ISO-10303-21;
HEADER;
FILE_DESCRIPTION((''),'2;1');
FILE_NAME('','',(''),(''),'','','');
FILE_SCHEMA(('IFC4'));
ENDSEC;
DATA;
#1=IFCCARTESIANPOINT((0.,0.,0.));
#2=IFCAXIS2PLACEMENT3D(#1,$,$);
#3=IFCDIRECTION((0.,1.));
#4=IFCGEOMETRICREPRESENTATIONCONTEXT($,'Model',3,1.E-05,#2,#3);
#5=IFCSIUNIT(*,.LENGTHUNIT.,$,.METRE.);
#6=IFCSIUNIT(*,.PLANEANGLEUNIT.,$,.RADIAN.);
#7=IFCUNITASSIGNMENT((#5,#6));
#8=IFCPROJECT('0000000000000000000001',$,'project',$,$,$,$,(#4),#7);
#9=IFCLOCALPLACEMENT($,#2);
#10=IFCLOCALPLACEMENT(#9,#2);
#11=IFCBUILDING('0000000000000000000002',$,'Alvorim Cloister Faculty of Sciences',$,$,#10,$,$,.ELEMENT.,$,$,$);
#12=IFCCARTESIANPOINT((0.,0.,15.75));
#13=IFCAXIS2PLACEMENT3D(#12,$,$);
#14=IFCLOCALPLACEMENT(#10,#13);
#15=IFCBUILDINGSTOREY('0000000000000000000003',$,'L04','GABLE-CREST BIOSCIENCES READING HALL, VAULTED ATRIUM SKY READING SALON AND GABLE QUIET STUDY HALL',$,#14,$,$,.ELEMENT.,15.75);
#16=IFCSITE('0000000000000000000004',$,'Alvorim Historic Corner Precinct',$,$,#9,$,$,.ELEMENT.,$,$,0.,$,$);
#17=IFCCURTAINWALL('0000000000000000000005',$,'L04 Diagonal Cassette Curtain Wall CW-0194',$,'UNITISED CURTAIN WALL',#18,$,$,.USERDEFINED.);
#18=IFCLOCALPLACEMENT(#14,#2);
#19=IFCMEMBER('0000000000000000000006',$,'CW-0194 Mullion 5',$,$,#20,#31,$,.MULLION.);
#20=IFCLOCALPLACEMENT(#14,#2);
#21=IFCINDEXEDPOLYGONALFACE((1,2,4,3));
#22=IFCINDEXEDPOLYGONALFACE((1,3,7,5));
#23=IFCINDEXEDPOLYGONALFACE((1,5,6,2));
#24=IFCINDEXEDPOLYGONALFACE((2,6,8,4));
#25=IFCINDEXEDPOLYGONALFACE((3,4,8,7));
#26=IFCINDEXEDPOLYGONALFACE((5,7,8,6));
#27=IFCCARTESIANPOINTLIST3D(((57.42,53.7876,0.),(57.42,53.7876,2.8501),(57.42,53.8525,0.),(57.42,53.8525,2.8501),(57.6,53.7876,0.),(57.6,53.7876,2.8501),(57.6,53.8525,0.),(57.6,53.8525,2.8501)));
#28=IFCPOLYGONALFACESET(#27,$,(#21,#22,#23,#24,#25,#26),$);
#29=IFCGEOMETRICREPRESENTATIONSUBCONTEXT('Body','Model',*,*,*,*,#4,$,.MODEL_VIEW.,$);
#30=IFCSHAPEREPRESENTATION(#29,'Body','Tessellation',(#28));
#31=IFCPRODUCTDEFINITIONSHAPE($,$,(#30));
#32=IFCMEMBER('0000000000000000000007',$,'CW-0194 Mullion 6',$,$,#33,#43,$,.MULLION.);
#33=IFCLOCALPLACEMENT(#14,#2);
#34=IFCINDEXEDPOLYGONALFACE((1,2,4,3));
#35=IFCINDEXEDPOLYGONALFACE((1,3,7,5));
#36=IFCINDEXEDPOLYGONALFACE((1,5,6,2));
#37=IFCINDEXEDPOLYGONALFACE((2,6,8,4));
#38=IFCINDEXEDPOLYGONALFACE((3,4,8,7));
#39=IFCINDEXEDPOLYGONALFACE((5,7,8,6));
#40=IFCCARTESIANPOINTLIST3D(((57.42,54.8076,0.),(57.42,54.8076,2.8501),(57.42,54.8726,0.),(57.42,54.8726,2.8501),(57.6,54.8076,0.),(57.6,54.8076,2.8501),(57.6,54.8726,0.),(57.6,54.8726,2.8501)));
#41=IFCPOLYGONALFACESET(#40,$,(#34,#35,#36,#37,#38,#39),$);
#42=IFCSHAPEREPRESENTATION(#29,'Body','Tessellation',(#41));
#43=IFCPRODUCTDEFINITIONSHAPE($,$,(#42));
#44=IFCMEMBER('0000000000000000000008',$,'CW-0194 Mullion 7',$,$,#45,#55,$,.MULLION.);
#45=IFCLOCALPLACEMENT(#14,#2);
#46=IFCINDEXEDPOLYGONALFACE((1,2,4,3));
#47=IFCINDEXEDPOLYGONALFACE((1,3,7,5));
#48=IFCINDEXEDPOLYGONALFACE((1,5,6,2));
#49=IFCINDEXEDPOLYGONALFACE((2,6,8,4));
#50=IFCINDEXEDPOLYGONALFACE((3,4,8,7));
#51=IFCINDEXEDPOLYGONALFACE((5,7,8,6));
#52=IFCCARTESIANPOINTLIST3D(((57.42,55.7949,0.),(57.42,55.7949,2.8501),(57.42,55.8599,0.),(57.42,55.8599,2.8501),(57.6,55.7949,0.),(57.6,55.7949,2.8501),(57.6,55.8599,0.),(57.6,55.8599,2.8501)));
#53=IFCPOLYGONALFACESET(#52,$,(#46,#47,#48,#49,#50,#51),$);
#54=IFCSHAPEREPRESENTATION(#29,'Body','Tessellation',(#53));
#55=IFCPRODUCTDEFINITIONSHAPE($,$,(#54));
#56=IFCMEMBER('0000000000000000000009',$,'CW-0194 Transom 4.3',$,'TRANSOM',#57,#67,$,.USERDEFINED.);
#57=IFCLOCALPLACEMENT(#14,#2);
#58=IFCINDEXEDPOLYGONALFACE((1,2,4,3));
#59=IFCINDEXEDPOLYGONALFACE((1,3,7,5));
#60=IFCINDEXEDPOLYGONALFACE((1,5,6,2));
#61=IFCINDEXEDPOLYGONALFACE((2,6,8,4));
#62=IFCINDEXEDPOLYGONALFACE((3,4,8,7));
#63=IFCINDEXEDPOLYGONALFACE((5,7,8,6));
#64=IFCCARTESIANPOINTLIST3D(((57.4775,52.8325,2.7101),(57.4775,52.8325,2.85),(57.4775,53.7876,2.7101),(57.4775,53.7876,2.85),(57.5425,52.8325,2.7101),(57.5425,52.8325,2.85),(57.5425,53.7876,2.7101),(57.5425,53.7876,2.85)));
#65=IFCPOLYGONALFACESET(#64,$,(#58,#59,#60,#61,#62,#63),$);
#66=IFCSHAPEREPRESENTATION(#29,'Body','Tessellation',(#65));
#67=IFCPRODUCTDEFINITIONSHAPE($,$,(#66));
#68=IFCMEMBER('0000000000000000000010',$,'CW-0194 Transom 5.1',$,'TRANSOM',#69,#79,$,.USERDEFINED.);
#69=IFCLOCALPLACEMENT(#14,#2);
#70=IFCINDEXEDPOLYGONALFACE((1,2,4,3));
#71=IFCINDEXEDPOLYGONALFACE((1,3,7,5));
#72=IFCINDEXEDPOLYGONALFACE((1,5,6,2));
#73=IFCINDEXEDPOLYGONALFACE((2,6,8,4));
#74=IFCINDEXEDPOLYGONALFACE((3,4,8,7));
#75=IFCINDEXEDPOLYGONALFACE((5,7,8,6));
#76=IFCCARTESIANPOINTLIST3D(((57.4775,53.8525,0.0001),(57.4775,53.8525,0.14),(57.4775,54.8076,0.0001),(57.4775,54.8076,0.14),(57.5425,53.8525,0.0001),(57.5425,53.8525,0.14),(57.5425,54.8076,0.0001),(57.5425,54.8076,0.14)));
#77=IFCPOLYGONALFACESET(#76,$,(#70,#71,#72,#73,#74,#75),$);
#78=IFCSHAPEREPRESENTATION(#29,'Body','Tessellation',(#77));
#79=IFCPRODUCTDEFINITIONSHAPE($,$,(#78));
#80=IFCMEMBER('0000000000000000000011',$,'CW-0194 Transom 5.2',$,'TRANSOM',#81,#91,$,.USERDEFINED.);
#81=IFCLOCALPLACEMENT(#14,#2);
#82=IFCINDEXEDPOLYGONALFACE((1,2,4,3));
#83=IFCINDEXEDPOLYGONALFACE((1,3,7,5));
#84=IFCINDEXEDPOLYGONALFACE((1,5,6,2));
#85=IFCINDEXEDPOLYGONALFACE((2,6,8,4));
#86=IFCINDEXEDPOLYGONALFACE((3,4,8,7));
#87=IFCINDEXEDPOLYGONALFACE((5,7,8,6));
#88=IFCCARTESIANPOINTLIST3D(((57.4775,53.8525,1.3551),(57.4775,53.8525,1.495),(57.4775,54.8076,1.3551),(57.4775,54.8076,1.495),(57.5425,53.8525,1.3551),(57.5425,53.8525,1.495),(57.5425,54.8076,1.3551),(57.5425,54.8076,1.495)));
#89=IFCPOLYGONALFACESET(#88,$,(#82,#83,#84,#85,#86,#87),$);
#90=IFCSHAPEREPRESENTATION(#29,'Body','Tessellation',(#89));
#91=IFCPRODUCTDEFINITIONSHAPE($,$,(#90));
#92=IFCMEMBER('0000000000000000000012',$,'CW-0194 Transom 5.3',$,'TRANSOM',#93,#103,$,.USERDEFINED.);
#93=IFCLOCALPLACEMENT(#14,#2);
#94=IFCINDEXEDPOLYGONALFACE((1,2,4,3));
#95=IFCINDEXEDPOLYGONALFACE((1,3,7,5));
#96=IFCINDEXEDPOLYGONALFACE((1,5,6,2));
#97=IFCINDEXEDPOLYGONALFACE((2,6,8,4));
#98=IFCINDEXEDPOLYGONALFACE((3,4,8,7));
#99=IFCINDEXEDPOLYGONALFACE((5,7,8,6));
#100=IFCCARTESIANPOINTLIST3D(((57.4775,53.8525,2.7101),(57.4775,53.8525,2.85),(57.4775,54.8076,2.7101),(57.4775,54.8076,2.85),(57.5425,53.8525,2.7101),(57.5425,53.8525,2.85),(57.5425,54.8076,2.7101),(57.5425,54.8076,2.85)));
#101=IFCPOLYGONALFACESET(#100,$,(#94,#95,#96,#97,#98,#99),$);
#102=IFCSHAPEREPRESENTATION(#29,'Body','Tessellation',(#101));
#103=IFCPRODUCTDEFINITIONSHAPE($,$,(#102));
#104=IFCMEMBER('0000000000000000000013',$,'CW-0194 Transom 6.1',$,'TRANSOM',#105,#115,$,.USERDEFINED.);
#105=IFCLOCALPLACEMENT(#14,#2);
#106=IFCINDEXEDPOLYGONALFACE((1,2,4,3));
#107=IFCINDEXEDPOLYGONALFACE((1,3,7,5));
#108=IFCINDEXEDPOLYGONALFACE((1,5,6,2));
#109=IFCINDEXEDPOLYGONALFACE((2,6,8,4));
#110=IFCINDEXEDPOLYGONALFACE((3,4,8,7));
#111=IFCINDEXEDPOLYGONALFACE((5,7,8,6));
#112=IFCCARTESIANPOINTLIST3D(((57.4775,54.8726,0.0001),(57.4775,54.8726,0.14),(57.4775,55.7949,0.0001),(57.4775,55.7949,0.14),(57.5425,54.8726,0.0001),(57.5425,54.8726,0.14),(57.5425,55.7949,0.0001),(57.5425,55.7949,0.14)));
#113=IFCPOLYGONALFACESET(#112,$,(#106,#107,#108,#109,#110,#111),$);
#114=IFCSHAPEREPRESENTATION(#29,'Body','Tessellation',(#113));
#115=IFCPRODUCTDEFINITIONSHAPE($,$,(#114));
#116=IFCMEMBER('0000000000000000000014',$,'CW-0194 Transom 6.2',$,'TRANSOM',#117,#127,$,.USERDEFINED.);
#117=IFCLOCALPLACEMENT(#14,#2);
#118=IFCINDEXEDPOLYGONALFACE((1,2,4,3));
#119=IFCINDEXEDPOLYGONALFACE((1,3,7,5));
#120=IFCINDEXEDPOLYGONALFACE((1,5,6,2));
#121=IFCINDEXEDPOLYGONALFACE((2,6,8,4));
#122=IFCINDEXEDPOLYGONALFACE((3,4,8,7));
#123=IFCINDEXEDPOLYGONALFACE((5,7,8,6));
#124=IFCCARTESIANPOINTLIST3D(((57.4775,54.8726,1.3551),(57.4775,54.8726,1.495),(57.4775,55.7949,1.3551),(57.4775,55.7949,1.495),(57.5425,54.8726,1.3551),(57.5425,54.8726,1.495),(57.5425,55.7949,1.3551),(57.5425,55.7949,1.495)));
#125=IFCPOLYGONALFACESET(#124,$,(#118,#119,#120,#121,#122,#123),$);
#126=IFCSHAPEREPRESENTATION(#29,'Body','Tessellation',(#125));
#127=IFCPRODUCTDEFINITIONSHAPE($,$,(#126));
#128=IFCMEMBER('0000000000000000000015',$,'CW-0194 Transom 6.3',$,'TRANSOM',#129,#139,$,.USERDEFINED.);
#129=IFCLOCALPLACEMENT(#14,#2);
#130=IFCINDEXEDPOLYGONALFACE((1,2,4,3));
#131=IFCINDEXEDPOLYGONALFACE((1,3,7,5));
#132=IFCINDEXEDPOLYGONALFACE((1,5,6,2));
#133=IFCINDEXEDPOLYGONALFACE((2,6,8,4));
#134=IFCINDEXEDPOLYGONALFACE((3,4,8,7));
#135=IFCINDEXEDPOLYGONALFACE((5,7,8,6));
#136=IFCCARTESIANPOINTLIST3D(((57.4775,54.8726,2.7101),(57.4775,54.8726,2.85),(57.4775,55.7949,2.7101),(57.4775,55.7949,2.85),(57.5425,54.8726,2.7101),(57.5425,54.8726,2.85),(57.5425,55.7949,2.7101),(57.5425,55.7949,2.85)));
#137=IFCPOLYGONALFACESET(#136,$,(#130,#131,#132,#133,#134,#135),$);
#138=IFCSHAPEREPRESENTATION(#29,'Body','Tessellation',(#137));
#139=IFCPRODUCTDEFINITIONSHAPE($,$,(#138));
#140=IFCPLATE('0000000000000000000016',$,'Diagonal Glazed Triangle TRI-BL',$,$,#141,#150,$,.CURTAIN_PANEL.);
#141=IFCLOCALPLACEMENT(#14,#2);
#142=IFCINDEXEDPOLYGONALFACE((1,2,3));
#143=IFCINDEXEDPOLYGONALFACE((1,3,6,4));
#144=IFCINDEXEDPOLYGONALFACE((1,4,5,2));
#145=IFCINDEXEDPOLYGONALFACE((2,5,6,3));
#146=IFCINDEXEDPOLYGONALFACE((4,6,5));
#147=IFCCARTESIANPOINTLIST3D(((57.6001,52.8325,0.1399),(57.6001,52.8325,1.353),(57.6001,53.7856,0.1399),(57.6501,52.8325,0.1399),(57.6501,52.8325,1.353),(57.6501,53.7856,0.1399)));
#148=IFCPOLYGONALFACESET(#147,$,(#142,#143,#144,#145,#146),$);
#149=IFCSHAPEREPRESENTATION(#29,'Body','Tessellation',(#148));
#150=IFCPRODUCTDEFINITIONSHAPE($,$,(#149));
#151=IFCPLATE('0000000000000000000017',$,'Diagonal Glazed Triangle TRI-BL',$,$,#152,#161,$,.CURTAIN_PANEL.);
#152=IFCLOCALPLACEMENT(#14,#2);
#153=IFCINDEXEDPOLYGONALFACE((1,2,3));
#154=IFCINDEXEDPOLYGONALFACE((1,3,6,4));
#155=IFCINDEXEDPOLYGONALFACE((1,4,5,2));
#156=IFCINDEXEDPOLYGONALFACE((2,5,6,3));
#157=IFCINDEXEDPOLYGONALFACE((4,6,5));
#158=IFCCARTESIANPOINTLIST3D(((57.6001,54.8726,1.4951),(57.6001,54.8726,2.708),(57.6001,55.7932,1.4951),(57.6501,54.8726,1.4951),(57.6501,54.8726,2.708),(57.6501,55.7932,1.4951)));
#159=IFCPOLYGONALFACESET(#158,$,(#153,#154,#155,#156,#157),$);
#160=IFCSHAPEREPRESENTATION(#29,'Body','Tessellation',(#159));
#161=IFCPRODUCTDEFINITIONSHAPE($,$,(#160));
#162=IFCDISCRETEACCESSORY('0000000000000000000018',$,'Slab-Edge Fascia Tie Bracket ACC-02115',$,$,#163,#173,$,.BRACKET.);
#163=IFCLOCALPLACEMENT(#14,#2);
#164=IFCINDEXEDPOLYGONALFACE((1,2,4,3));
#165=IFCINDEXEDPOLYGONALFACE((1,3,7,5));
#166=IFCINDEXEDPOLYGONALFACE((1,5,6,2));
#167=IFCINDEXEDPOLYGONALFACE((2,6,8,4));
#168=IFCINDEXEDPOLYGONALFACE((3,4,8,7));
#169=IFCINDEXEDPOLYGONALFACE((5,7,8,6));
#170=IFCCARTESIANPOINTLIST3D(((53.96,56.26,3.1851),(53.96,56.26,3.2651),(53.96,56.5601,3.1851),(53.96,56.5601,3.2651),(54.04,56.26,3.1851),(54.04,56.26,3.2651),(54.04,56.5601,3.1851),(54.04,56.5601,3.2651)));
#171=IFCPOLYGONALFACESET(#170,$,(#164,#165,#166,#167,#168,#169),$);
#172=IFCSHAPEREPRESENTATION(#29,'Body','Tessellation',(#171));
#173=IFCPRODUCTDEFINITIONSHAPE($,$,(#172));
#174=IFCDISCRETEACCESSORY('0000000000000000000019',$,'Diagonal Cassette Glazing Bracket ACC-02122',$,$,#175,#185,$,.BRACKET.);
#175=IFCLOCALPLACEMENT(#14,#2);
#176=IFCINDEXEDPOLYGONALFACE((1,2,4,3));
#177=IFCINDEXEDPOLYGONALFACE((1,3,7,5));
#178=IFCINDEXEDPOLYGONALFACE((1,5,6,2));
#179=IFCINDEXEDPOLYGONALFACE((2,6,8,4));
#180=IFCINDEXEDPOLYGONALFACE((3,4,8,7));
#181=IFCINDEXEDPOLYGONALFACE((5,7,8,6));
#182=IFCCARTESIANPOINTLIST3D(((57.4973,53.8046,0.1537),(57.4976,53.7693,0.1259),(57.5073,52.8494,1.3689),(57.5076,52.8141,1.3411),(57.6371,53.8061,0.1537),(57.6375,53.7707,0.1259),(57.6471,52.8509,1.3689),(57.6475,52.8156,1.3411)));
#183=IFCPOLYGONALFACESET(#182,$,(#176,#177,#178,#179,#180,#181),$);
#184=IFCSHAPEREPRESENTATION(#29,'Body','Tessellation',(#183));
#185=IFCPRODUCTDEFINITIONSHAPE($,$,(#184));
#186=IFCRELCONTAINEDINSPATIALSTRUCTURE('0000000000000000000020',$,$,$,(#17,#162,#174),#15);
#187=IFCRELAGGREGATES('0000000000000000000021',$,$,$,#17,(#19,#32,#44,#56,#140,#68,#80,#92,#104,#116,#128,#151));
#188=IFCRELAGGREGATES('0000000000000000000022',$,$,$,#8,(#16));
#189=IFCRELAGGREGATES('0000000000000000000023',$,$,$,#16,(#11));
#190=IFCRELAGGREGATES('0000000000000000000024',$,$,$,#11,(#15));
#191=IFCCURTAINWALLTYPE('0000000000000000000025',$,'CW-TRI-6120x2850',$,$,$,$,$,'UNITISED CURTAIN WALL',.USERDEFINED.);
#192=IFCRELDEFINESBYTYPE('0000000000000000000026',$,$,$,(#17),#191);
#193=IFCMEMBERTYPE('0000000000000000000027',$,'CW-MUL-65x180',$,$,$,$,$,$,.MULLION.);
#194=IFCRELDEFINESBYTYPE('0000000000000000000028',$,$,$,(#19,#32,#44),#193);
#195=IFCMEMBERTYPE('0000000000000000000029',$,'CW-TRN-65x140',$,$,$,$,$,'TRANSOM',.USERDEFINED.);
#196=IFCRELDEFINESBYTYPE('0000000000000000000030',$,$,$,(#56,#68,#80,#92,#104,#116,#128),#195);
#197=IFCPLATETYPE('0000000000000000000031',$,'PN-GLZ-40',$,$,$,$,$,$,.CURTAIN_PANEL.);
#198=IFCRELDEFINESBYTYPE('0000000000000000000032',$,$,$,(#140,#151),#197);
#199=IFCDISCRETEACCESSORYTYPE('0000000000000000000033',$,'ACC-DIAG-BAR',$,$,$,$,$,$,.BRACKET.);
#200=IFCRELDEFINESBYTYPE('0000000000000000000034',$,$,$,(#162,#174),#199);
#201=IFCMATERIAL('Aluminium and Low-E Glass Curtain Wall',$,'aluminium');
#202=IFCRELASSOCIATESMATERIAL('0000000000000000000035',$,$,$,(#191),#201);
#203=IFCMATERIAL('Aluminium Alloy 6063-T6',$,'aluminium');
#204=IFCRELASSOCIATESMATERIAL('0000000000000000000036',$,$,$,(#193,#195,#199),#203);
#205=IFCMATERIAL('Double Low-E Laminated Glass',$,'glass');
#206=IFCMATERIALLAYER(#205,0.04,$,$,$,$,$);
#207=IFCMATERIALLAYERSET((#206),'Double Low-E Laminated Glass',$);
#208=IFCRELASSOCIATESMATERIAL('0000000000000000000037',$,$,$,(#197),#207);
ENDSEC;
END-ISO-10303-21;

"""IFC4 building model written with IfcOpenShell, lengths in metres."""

from ifc_helpers import new_model, si_unit, direction, frame, origin, origin_2d, place, context, subcontext, project, spatial, polyline, rectangle, outline, extrude, material, layer, layer_set, material_profile, profile_set, type_object, element, aggregate, save


model = new_model("IFC4")

# Units and contexts
model_context = context("Model", 3, precision=1e-05, world=origin(), true_north=direction((0.0, 1.0)))
body_context = subcontext(model_context, "Body", "Model", "MODEL_VIEW")
ifc_project = project(units=[si_unit("LENGTHUNIT", "METRE"), si_unit("PLANEANGLEUNIT", "RADIAN")], contexts=[model_context])

# Site, building, storey
site_placement = place(None, origin())
site = spatial("IfcSite", under=ifc_project, at=site_placement, Name="Alvorim Historic Corner Precinct", CompositionType="ELEMENT", RefElevation=0.0)
building_placement = place(site_placement, origin())
building = spatial("IfcBuilding", under=site, at=building_placement, Name="Alvorim Cloister Faculty of Sciences", CompositionType="ELEMENT")
storey_placement = place(building_placement, frame((0.0, 0.0, 15.75)))
storey = spatial("IfcBuildingStorey", under=building, at=storey_placement, Name="L04", Description="GABLE-CREST BIOSCIENCES READING HALL, VAULTED ATRIUM SKY READING SALON AND GABLE QUIET STUDY HALL", CompositionType="ELEMENT", Elevation=15.75)

# Curtain wall, members, plates
ifc_material_1 = material(Name="Aluminium and Low-E Glass Curtain Wall", Category="aluminium")
curtain_wall_type = type_object("IfcCurtainWallType", Name="CW-TRI-6120x2850", ElementType="UNITISED CURTAIN WALL", PredefinedType="USERDEFINED", material=ifc_material_1)
curtain_wall_placement = place(storey_placement, origin())
curtain_wall = element("IfcCurtainWall", 1, at=curtain_wall_placement, inside=storey, type_object=curtain_wall_type, Name="L04 Diagonal Cassette Curtain Wall CW-0194", ObjectType="UNITISED CURTAIN WALL", PredefinedType="USERDEFINED")
ifc_material_2 = material(Name="Aluminium Alloy 6063-T6", Category="aluminium")
ifc_material_profile_1 = material_profile(ifc_material_2, rectangle(XDim=0.0649, YDim=0.1799, at=origin_2d()), Name="ALU-MUL-65x180")
ifc_profile_set_1 = profile_set([ifc_material_profile_1], Name="Aluminium Alloy 6063-T6")
member_type_1 = type_object("IfcMemberType", Name="CW-MUL-65x180", PredefinedType="MULLION", material=ifc_profile_set_1)
member_1_placement = place(storey_placement, frame((57.51, 53.8201, 0.0), z_axis=(0.0, 0.0, 1.0), x_axis=(0.0, 1.0, 0.0)))
member_1 = element("IfcMember", 2, at=member_1_placement, type_object=member_type_1, Name="CW-0194 Mullion 5", PredefinedType="MULLION", context=body_context, shape_type="SweptSolid", body=[
    extrude(rectangle(XDim=0.0649, YDim=0.1799, at=origin_2d()), origin(), (0.0, 0.0, 1.0), 2.8501),
])
member_2_placement = place(storey_placement, frame((57.51, 54.8401, 0.0), z_axis=(0.0, 0.0, 1.0), x_axis=(0.0, 1.0, 0.0)))
member_2 = element("IfcMember", 3, at=member_2_placement, type_object=member_type_1, Name="CW-0194 Mullion 6", PredefinedType="MULLION", context=body_context, shape_type="SweptSolid", body=[
    extrude(rectangle(XDim=0.0649, YDim=0.1799, at=origin_2d()), origin(), (0.0, 0.0, 1.0), 2.8501),
])
member_3_placement = place(storey_placement, frame((57.51, 55.8274, 0.0), z_axis=(0.0, 0.0, 1.0), x_axis=(0.0, 1.0, 0.0)))
member_3 = element("IfcMember", 4, at=member_3_placement, type_object=member_type_1, Name="CW-0194 Mullion 7", PredefinedType="MULLION", context=body_context, shape_type="SweptSolid", body=[
    extrude(rectangle(XDim=0.0649, YDim=0.1799, at=origin_2d()), origin(), (0.0, 0.0, 1.0), 2.8501),
])
ifc_material_profile_2 = material_profile(ifc_material_2, rectangle(XDim=0.0649, YDim=0.1399, at=origin_2d()), Name="ALU-TRN-65x140")
ifc_profile_set_2 = profile_set([ifc_material_profile_2], Name="Aluminium Alloy 6063-T6")
member_type_2 = type_object("IfcMemberType", Name="CW-TRN-65x140", ElementType="TRANSOM", PredefinedType="USERDEFINED", material=ifc_profile_set_2)
member_4_placement = place(storey_placement, frame((57.51, 52.8325, 2.78), z_axis=(0.0, 1.0, 0.0), x_axis=(-1.0, 0.0, 0.0)))
member_4 = element("IfcMember", 5, at=member_4_placement, type_object=member_type_2, Name="CW-0194 Transom 4.3", ObjectType="TRANSOM", PredefinedType="USERDEFINED", context=body_context, shape_type="SweptSolid", body=[
    extrude(rectangle(XDim=0.0649, YDim=0.1399, at=origin_2d()), origin(), (0.0, 0.0, 1.0), 0.9551),
])
member_5_placement = place(storey_placement, frame((57.51, 53.8525, 0.0701), z_axis=(0.0, 1.0, 0.0), x_axis=(-1.0, 0.0, 0.0)))
member_5 = element("IfcMember", 6, at=member_5_placement, type_object=member_type_2, Name="CW-0194 Transom 5.1", ObjectType="TRANSOM", PredefinedType="USERDEFINED", context=body_context, shape_type="SweptSolid", body=[
    extrude(rectangle(XDim=0.0649, YDim=0.1399, at=origin_2d()), origin(), (0.0, 0.0, 1.0), 0.9551),
])
member_6_placement = place(storey_placement, frame((57.51, 53.8525, 1.425), z_axis=(0.0, 1.0, 0.0), x_axis=(-1.0, 0.0, 0.0)))
member_6 = element("IfcMember", 7, at=member_6_placement, type_object=member_type_2, Name="CW-0194 Transom 5.2", ObjectType="TRANSOM", PredefinedType="USERDEFINED", context=body_context, shape_type="SweptSolid", body=[
    extrude(rectangle(XDim=0.0649, YDim=0.1399, at=origin_2d()), origin(), (0.0, 0.0, 1.0), 0.9551),
])
member_7_placement = place(storey_placement, frame((57.51, 53.8525, 2.78), z_axis=(0.0, 1.0, 0.0), x_axis=(-1.0, 0.0, 0.0)))
member_7 = element("IfcMember", 8, at=member_7_placement, type_object=member_type_2, Name="CW-0194 Transom 5.3", ObjectType="TRANSOM", PredefinedType="USERDEFINED", context=body_context, shape_type="SweptSolid", body=[
    extrude(rectangle(XDim=0.0649, YDim=0.1399, at=origin_2d()), origin(), (0.0, 0.0, 1.0), 0.9551),
])
member_8_placement = place(storey_placement, frame((57.51, 54.8726, 0.0701), z_axis=(0.0, 1.0, 0.0), x_axis=(-1.0, 0.0, 0.0)))
member_8 = element("IfcMember", 9, at=member_8_placement, type_object=member_type_2, Name="CW-0194 Transom 6.1", ObjectType="TRANSOM", PredefinedType="USERDEFINED", context=body_context, shape_type="SweptSolid", body=[
    extrude(rectangle(XDim=0.0649, YDim=0.1399, at=origin_2d()), origin(), (0.0, 0.0, 1.0), 0.9224),
])
member_9_placement = place(storey_placement, frame((57.51, 54.8726, 1.425), z_axis=(0.0, 1.0, 0.0), x_axis=(-1.0, 0.0, 0.0)))
member_9 = element("IfcMember", 10, at=member_9_placement, type_object=member_type_2, Name="CW-0194 Transom 6.2", ObjectType="TRANSOM", PredefinedType="USERDEFINED", context=body_context, shape_type="SweptSolid", body=[
    extrude(rectangle(XDim=0.0649, YDim=0.1399, at=origin_2d()), origin(), (0.0, 0.0, 1.0), 0.9224),
])
member_10_placement = place(storey_placement, frame((57.51, 54.8726, 2.78), z_axis=(0.0, 1.0, 0.0), x_axis=(-1.0, 0.0, 0.0)))
member_10 = element("IfcMember", 11, at=member_10_placement, type_object=member_type_2, Name="CW-0194 Transom 6.3", ObjectType="TRANSOM", PredefinedType="USERDEFINED", context=body_context, shape_type="SweptSolid", body=[
    extrude(rectangle(XDim=0.0649, YDim=0.1399, at=origin_2d()), origin(), (0.0, 0.0, 1.0), 0.9224),
])
ifc_material_3 = material(Name="Double Low-E Laminated Glass", Category="glass")
ifc_layer = layer(ifc_material_3, 0.04)
ifc_layer_set = layer_set([ifc_layer], Name="Double Low-E Laminated Glass")
plate_type = type_object("IfcPlateType", Name="PN-GLZ-40", PredefinedType="CURTAIN_PANEL", material=ifc_layer_set)
plate_1_placement = place(storey_placement, frame((57.625, 52.8325, 0.1399), z_axis=(0.0, 0.0, 1.0), x_axis=(0.0, 1.0, 0.0)))
plate_1 = element("IfcPlate", 12, at=plate_1_placement, type_object=plate_type, Name="Diagonal Glazed Triangle TRI-BL", PredefinedType="CURTAIN_PANEL", context=body_context, shape_type="SweptSolid", body=[
    extrude(outline(polyline([(0.0, 0.0), (0.9531, 0.0), (0.0, 1.2131), (0.0, 0.0)])), frame((0.0, 0.0249, 0.0), z_axis=(0.0, -1.0, 0.0), x_axis=(1.0, 0.0, 0.0)), (0.0, 0.0, 1.0), 0.05),
])
plate_2_placement = place(storey_placement, frame((57.625, 54.8726, 1.4951), z_axis=(0.0, 0.0, 1.0), x_axis=(0.0, 1.0, 0.0)))
plate_2 = element("IfcPlate", 13, at=plate_2_placement, type_object=plate_type, Name="Diagonal Glazed Triangle TRI-BL", PredefinedType="CURTAIN_PANEL", context=body_context, shape_type="SweptSolid", body=[
    extrude(outline(polyline([(0.0, 0.0), (0.9207, 0.0), (0.0, 1.2129), (0.0, 0.0)])), frame((0.0, 0.0249, 0.0), z_axis=(0.0, -1.0, 0.0), x_axis=(1.0, 0.0, 0.0)), (0.0, 0.0, 1.0), 0.05),
])
aggregate(curtain_wall, [member_1, member_2, member_3, member_4, plate_1, member_5, member_6, member_7, member_8, member_9, member_10, plate_2])

# Discrete accessories
discrete_accessory_type = type_object("IfcDiscreteAccessoryType", Name="ACC-DIAG-BAR", PredefinedType="BRACKET", material=ifc_material_2)
discrete_accessory_1_placement = place(storey_placement, frame((54.0, 56.26, 3.2251), z_axis=(0.0, 1.0, 0.0), x_axis=(-1.0, 0.0, 0.0)))
element("IfcDiscreteAccessory", 14, at=discrete_accessory_1_placement, inside=storey, type_object=discrete_accessory_type, Name="Slab-Edge Fascia Tie Bracket ACC-02115", PredefinedType="BRACKET", context=body_context, shape_type="SweptSolid", body=[
    extrude(rectangle(XDim=0.0801, YDim=0.0801, at=origin_2d()), origin(), (0.0, 0.0, 1.0), 0.3),
])
discrete_accessory_2_placement = place(storey_placement, frame((57.5774, 52.8325, 1.355), z_axis=(-0.006477, 0.617955, -0.786187), x_axis=(-0.999945, -0.01048, 0.0)))
element("IfcDiscreteAccessory", 15, at=discrete_accessory_2_placement, inside=storey, type_object=discrete_accessory_type, Name="Diagonal Cassette Glazing Bracket ACC-02122", PredefinedType="BRACKET", context=body_context, shape_type="SweptSolid", body=[
    extrude(rectangle(XDim=0.1399, YDim=0.0449, at=origin_2d()), origin(), (0.0, 0.0, 1.0), 1.5457),
])

save(model, "model.ifc")
